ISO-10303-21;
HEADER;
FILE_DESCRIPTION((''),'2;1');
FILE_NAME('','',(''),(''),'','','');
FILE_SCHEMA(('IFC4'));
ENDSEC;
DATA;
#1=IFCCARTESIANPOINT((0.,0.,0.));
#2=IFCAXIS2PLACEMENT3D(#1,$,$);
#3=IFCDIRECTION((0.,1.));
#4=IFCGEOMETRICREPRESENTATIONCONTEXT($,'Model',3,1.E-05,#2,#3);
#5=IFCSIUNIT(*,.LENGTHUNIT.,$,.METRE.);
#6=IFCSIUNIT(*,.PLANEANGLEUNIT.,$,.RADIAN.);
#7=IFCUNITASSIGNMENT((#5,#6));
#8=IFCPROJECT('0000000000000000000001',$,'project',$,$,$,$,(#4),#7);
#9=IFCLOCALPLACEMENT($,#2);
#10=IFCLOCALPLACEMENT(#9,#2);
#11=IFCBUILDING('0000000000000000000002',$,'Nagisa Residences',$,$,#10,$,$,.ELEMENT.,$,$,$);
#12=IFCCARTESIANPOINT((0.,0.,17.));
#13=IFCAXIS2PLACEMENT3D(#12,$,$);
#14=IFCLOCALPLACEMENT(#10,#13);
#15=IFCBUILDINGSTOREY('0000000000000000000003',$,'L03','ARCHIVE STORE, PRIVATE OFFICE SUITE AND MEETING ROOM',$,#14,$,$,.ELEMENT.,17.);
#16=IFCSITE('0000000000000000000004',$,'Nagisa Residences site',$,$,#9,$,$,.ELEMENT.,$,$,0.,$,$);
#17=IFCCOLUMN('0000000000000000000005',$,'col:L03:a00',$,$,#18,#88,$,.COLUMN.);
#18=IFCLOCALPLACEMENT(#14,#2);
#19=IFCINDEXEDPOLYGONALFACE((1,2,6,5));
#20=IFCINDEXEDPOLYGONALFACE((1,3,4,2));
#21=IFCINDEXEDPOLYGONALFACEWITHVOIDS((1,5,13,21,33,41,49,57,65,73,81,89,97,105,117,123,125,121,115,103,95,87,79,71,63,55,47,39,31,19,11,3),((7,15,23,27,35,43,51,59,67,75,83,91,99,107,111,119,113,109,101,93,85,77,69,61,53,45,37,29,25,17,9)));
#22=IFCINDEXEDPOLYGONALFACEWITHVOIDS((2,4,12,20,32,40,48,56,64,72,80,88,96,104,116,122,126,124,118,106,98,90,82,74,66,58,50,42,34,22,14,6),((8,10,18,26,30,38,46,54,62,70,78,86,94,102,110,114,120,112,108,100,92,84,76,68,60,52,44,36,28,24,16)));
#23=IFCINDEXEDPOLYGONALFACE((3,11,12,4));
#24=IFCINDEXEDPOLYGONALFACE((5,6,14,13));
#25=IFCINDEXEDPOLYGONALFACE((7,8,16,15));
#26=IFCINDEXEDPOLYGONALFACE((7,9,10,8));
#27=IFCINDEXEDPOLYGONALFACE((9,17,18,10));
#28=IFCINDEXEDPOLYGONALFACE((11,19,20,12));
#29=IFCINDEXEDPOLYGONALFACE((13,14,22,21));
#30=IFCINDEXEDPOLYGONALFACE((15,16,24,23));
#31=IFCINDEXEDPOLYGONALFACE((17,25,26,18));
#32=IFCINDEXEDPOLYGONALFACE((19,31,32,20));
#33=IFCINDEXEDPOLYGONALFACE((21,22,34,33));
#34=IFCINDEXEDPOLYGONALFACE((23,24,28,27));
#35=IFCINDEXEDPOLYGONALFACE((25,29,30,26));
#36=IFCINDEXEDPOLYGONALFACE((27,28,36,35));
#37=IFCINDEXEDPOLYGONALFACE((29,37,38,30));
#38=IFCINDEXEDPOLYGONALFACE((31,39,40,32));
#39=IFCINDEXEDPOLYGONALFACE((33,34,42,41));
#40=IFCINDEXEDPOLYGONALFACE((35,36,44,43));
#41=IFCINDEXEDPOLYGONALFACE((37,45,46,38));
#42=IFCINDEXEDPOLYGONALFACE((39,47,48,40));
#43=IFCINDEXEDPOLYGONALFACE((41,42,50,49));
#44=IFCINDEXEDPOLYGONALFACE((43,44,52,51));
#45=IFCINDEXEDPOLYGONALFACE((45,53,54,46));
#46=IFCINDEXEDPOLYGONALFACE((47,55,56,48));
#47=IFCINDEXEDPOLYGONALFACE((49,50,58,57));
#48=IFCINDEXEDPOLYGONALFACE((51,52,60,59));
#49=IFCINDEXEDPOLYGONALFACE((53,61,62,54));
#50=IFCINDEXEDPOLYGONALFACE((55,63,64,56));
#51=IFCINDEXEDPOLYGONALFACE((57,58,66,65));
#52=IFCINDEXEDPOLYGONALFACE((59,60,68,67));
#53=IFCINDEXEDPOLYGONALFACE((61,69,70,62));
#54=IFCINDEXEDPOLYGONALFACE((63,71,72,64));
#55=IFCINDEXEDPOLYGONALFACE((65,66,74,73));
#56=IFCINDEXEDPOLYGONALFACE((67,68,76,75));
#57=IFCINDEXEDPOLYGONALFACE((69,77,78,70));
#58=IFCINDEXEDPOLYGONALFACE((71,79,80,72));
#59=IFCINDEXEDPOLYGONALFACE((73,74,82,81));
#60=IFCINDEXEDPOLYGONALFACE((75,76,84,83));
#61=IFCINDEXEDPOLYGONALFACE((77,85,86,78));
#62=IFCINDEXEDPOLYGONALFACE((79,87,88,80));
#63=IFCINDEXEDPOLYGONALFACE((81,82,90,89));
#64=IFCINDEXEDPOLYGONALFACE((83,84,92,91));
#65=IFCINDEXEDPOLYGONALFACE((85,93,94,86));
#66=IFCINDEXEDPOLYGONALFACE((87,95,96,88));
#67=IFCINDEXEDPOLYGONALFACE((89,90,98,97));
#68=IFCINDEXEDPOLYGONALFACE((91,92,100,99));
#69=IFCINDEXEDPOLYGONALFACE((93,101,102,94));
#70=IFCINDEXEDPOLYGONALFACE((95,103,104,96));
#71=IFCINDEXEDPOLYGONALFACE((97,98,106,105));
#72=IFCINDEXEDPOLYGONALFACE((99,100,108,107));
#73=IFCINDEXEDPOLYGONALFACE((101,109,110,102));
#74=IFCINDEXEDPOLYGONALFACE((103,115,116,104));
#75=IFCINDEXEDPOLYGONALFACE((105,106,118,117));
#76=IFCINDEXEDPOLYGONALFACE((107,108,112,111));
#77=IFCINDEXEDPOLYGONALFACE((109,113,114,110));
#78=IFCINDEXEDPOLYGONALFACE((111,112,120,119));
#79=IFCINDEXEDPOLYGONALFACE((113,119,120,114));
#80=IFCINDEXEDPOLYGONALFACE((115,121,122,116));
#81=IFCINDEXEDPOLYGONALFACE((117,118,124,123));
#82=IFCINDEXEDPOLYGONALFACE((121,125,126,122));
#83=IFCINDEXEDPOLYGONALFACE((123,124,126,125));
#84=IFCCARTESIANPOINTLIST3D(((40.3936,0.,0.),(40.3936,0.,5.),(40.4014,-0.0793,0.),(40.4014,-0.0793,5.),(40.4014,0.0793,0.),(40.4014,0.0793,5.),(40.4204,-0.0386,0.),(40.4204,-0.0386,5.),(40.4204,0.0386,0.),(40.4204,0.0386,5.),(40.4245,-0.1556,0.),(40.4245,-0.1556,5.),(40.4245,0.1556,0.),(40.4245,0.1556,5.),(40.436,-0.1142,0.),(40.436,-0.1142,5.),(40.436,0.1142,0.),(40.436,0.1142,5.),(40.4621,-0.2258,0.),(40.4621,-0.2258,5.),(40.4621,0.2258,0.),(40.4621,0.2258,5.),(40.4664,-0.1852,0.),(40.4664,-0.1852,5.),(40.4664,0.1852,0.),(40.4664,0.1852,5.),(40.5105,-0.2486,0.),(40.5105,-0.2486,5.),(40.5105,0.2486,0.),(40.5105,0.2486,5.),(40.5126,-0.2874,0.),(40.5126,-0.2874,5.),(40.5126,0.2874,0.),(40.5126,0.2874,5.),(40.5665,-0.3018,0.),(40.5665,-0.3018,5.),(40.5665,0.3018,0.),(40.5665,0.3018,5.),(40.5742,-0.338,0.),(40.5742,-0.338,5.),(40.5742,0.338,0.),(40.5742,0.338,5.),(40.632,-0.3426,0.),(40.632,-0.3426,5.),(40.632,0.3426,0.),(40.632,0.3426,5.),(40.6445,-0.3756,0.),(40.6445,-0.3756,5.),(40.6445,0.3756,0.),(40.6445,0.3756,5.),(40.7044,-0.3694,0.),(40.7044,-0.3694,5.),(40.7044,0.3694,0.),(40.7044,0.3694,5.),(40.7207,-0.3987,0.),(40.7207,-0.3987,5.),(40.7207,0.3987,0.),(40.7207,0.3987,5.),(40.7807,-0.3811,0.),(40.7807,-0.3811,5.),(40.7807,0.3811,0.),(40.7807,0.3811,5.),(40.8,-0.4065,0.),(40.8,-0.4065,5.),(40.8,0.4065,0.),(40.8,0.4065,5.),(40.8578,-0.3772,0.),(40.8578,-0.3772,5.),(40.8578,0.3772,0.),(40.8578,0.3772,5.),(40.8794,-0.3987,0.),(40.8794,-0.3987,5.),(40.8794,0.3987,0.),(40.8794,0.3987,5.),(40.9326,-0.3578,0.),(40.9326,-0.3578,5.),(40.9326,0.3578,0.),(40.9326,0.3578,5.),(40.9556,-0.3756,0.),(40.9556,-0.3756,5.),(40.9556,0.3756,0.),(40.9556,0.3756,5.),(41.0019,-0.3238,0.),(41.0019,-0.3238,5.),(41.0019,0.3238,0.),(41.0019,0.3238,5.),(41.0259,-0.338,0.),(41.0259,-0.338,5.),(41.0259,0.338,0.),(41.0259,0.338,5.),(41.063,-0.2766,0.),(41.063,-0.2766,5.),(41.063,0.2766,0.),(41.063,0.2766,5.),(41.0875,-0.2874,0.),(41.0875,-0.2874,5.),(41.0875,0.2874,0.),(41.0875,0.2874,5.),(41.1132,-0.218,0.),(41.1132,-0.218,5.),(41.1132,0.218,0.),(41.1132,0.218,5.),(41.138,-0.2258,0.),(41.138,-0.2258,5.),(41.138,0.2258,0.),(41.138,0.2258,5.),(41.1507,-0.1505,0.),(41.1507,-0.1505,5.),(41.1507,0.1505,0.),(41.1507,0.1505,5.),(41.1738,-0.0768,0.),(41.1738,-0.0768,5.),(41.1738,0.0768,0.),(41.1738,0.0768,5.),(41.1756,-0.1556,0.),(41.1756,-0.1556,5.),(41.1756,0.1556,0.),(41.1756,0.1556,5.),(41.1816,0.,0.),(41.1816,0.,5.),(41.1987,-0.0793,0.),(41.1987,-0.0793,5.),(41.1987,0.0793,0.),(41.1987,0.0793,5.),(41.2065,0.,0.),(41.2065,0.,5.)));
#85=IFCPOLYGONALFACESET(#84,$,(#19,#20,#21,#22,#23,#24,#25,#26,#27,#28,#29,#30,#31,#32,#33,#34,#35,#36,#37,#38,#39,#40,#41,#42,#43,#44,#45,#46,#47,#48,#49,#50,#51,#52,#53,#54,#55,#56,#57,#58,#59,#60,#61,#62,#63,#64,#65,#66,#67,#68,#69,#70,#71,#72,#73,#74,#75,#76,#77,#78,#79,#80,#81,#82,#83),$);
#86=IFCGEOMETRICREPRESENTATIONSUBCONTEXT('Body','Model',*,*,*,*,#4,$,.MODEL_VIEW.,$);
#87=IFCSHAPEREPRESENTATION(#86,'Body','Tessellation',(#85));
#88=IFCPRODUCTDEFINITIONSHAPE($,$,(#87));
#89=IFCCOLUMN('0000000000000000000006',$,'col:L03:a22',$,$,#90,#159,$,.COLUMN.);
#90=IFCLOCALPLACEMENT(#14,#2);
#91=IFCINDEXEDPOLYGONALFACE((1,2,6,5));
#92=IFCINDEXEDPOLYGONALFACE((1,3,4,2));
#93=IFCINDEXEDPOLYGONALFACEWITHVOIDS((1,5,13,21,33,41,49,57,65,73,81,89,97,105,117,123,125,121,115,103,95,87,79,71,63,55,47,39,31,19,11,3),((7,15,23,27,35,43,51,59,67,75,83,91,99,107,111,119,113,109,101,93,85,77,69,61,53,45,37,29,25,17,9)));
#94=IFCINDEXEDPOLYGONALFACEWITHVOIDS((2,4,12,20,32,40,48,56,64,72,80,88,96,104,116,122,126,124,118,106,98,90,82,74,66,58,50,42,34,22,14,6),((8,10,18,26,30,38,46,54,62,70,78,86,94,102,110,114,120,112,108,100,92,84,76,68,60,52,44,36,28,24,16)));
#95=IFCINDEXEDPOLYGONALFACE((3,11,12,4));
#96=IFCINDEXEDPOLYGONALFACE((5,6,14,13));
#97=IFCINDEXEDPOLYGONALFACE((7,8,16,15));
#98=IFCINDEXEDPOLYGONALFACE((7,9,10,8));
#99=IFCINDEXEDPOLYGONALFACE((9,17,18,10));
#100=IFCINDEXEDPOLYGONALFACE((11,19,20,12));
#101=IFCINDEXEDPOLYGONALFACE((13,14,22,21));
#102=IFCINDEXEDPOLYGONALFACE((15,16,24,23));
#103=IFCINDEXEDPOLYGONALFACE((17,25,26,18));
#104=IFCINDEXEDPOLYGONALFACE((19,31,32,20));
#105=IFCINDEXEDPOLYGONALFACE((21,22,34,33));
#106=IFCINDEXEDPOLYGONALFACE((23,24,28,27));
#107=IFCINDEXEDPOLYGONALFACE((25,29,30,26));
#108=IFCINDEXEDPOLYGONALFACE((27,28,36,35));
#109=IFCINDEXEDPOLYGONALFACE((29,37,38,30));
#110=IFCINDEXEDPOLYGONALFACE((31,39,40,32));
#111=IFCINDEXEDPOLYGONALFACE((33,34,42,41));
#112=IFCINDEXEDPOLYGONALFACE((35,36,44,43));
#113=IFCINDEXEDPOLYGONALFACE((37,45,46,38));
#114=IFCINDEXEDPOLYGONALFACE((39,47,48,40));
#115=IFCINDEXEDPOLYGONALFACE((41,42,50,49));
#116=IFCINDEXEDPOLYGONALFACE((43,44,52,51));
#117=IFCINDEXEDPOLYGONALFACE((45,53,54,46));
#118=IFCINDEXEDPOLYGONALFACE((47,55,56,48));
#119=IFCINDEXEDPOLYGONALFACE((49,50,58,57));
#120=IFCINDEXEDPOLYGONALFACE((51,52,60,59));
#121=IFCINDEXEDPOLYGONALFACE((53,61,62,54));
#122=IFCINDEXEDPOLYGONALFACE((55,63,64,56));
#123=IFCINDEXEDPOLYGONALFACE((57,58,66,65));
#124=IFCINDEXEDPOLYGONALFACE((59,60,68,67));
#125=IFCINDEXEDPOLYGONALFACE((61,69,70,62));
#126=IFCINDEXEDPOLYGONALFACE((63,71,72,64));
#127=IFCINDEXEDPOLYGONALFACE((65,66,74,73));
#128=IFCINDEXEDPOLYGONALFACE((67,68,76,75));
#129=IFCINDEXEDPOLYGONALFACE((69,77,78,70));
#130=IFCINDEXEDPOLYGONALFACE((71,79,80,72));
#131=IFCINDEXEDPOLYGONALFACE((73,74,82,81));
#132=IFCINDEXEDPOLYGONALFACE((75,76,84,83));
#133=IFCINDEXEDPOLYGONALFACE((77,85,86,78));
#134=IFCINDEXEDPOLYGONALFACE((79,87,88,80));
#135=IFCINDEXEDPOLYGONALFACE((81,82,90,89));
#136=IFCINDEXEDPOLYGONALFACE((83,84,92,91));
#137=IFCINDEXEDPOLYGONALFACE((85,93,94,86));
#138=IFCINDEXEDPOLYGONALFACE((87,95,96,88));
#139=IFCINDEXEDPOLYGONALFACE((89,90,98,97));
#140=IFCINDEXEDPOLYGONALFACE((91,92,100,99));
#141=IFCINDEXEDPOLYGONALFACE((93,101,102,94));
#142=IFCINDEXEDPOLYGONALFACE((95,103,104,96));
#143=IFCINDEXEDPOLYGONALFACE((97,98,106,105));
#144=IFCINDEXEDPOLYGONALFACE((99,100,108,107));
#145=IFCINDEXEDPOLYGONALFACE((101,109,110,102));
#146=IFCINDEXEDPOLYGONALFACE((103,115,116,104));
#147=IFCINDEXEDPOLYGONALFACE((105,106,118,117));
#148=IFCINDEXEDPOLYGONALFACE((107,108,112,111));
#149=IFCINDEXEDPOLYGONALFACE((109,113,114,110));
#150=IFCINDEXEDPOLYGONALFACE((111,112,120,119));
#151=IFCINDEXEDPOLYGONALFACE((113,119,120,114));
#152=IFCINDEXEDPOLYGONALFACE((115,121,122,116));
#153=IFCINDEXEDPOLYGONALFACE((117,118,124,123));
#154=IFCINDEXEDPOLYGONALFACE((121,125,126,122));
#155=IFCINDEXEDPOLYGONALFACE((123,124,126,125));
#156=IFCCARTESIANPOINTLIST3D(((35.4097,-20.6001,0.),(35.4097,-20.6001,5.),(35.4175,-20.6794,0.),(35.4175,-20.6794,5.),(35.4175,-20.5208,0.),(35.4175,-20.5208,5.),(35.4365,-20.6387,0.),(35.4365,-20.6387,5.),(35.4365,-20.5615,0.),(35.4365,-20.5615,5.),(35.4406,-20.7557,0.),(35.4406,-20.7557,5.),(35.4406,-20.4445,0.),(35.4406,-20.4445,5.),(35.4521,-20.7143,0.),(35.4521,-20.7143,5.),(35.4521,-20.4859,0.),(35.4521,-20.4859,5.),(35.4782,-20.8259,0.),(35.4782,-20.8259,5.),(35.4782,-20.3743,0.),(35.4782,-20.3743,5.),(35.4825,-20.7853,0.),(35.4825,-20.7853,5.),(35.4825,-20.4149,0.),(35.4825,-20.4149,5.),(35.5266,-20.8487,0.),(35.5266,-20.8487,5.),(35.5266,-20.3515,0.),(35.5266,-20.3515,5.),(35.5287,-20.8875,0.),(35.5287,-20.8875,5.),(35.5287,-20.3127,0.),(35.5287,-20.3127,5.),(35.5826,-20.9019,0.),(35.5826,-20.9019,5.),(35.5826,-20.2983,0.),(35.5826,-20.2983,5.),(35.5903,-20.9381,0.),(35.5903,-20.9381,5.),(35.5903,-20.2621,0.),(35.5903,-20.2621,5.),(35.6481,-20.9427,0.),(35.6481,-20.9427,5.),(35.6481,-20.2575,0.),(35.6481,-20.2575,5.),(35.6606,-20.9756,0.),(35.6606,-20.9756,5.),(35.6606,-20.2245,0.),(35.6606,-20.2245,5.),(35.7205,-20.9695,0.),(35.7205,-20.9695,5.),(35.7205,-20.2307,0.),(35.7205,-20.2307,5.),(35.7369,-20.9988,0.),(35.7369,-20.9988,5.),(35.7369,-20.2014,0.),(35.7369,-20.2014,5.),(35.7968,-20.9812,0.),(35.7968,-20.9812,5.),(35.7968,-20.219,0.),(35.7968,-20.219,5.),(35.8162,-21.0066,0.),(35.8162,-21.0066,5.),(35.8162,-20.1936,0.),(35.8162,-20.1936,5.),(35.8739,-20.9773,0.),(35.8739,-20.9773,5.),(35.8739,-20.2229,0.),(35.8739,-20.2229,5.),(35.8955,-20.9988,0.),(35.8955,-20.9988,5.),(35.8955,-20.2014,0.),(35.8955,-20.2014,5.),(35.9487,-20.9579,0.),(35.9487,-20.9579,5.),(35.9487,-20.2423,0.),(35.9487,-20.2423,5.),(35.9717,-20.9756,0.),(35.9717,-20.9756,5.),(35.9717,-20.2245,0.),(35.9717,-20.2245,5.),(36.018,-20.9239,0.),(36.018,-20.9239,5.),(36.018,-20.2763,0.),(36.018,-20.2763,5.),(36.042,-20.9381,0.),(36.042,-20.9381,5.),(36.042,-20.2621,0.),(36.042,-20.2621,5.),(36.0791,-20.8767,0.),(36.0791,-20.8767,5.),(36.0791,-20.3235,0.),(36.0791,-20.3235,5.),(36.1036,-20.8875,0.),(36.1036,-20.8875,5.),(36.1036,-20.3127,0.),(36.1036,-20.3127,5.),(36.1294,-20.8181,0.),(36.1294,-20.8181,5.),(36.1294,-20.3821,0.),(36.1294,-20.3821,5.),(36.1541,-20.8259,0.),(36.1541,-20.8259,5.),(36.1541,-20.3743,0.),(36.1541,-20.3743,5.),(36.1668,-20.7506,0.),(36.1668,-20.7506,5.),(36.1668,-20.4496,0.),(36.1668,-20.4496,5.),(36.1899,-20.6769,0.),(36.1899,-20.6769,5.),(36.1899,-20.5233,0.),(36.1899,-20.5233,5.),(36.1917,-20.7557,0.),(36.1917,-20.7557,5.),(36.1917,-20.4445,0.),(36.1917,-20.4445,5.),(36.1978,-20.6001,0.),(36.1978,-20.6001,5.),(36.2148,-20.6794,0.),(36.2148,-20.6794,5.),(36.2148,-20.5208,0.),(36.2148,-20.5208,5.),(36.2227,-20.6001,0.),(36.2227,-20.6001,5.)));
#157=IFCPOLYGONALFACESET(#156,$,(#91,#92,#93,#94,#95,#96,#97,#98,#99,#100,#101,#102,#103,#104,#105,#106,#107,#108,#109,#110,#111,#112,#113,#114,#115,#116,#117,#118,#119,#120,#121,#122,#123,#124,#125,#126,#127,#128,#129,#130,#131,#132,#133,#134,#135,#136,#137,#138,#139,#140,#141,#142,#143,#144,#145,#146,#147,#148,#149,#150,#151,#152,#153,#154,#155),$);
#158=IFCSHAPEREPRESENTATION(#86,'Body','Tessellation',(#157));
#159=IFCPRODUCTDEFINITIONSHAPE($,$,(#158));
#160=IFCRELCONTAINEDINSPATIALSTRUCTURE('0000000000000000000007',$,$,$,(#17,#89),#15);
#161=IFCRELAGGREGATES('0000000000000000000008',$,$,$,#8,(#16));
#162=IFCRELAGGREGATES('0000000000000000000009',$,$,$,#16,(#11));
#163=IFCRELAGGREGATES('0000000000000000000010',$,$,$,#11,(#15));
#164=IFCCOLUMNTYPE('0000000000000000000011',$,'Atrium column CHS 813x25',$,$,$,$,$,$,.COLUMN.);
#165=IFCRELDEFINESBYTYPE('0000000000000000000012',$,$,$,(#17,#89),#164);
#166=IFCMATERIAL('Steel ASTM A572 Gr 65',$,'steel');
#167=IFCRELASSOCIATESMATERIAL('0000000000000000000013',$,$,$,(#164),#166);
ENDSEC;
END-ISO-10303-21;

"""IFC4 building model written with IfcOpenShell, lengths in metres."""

from ifc_helpers import new_model, si_unit, direction, frame, origin, origin_2d, place, context, subcontext, project, spatial, hollow_circle, extrude, material, material_profile, profile_set, type_object, element, save


model = new_model("IFC4")

# Units and contexts
model_context = context("Model", 3, precision=1e-05, world=origin(), true_north=direction((0.0, 1.0)))
body_context = subcontext(model_context, "Body", "Model", "MODEL_VIEW")
ifc_project = project(units=[si_unit("LENGTHUNIT", "METRE"), si_unit("PLANEANGLEUNIT", "RADIAN")], contexts=[model_context])

# Site, building, storey
site_placement = place(None, origin())
site = spatial("IfcSite", under=ifc_project, at=site_placement, Name="Nagisa Residences site", CompositionType="ELEMENT", RefElevation=0.0)
building_placement = place(site_placement, origin())
building = spatial("IfcBuilding", under=site, at=building_placement, Name="Nagisa Residences", CompositionType="ELEMENT")
storey_placement = place(building_placement, frame((0.0, 0.0, 17.0)))
storey = spatial("IfcBuildingStorey", under=building, at=storey_placement, Name="L03", Description="ARCHIVE STORE, PRIVATE OFFICE SUITE AND MEETING ROOM", CompositionType="ELEMENT", Elevation=17.0)

# Columns
ifc_material_1 = material(Name="Steel ASTM A572 Gr 65", Category="steel")
ifc_material_profile_1 = material_profile(ifc_material_1, hollow_circle(Radius=0.4065, WallThickness=0.0249, at=origin_2d()), Name="CHS 813x25")
ifc_profile_set_1 = profile_set([ifc_material_profile_1], Name="Steel ASTM A572 Gr 65")
column_type_1 = type_object("IfcColumnType", Name="Atrium column CHS 813x25", PredefinedType="COLUMN", material=ifc_profile_set_1)
for number, where, z_axis, x_axis, name in (
    (1, (40.8, 0.0, 0.0), (0.0, 0.0, 1.0), (1.0, 0.0, 0.0), "col:L03:a00"),
    (2, (35.8162, -20.6001, 0.0), (0.0, 0.0, 1.0), (1.0, 0.0, 0.0), "col:L03:a22"),
):
    element("IfcColumn", number, at=place(storey_placement, frame(where, z_axis=z_axis, x_axis=x_axis)), inside=storey, type_object=column_type_1, Name=name, PredefinedType="COLUMN", context=body_context, shape_type="SweptSolid", body=[
        extrude(hollow_circle(Radius=0.4065, WallThickness=0.0249, at=origin_2d()), origin(), (0.0, 0.0, 1.0), 5.0),
    ])

save(model, "model.ifc")
